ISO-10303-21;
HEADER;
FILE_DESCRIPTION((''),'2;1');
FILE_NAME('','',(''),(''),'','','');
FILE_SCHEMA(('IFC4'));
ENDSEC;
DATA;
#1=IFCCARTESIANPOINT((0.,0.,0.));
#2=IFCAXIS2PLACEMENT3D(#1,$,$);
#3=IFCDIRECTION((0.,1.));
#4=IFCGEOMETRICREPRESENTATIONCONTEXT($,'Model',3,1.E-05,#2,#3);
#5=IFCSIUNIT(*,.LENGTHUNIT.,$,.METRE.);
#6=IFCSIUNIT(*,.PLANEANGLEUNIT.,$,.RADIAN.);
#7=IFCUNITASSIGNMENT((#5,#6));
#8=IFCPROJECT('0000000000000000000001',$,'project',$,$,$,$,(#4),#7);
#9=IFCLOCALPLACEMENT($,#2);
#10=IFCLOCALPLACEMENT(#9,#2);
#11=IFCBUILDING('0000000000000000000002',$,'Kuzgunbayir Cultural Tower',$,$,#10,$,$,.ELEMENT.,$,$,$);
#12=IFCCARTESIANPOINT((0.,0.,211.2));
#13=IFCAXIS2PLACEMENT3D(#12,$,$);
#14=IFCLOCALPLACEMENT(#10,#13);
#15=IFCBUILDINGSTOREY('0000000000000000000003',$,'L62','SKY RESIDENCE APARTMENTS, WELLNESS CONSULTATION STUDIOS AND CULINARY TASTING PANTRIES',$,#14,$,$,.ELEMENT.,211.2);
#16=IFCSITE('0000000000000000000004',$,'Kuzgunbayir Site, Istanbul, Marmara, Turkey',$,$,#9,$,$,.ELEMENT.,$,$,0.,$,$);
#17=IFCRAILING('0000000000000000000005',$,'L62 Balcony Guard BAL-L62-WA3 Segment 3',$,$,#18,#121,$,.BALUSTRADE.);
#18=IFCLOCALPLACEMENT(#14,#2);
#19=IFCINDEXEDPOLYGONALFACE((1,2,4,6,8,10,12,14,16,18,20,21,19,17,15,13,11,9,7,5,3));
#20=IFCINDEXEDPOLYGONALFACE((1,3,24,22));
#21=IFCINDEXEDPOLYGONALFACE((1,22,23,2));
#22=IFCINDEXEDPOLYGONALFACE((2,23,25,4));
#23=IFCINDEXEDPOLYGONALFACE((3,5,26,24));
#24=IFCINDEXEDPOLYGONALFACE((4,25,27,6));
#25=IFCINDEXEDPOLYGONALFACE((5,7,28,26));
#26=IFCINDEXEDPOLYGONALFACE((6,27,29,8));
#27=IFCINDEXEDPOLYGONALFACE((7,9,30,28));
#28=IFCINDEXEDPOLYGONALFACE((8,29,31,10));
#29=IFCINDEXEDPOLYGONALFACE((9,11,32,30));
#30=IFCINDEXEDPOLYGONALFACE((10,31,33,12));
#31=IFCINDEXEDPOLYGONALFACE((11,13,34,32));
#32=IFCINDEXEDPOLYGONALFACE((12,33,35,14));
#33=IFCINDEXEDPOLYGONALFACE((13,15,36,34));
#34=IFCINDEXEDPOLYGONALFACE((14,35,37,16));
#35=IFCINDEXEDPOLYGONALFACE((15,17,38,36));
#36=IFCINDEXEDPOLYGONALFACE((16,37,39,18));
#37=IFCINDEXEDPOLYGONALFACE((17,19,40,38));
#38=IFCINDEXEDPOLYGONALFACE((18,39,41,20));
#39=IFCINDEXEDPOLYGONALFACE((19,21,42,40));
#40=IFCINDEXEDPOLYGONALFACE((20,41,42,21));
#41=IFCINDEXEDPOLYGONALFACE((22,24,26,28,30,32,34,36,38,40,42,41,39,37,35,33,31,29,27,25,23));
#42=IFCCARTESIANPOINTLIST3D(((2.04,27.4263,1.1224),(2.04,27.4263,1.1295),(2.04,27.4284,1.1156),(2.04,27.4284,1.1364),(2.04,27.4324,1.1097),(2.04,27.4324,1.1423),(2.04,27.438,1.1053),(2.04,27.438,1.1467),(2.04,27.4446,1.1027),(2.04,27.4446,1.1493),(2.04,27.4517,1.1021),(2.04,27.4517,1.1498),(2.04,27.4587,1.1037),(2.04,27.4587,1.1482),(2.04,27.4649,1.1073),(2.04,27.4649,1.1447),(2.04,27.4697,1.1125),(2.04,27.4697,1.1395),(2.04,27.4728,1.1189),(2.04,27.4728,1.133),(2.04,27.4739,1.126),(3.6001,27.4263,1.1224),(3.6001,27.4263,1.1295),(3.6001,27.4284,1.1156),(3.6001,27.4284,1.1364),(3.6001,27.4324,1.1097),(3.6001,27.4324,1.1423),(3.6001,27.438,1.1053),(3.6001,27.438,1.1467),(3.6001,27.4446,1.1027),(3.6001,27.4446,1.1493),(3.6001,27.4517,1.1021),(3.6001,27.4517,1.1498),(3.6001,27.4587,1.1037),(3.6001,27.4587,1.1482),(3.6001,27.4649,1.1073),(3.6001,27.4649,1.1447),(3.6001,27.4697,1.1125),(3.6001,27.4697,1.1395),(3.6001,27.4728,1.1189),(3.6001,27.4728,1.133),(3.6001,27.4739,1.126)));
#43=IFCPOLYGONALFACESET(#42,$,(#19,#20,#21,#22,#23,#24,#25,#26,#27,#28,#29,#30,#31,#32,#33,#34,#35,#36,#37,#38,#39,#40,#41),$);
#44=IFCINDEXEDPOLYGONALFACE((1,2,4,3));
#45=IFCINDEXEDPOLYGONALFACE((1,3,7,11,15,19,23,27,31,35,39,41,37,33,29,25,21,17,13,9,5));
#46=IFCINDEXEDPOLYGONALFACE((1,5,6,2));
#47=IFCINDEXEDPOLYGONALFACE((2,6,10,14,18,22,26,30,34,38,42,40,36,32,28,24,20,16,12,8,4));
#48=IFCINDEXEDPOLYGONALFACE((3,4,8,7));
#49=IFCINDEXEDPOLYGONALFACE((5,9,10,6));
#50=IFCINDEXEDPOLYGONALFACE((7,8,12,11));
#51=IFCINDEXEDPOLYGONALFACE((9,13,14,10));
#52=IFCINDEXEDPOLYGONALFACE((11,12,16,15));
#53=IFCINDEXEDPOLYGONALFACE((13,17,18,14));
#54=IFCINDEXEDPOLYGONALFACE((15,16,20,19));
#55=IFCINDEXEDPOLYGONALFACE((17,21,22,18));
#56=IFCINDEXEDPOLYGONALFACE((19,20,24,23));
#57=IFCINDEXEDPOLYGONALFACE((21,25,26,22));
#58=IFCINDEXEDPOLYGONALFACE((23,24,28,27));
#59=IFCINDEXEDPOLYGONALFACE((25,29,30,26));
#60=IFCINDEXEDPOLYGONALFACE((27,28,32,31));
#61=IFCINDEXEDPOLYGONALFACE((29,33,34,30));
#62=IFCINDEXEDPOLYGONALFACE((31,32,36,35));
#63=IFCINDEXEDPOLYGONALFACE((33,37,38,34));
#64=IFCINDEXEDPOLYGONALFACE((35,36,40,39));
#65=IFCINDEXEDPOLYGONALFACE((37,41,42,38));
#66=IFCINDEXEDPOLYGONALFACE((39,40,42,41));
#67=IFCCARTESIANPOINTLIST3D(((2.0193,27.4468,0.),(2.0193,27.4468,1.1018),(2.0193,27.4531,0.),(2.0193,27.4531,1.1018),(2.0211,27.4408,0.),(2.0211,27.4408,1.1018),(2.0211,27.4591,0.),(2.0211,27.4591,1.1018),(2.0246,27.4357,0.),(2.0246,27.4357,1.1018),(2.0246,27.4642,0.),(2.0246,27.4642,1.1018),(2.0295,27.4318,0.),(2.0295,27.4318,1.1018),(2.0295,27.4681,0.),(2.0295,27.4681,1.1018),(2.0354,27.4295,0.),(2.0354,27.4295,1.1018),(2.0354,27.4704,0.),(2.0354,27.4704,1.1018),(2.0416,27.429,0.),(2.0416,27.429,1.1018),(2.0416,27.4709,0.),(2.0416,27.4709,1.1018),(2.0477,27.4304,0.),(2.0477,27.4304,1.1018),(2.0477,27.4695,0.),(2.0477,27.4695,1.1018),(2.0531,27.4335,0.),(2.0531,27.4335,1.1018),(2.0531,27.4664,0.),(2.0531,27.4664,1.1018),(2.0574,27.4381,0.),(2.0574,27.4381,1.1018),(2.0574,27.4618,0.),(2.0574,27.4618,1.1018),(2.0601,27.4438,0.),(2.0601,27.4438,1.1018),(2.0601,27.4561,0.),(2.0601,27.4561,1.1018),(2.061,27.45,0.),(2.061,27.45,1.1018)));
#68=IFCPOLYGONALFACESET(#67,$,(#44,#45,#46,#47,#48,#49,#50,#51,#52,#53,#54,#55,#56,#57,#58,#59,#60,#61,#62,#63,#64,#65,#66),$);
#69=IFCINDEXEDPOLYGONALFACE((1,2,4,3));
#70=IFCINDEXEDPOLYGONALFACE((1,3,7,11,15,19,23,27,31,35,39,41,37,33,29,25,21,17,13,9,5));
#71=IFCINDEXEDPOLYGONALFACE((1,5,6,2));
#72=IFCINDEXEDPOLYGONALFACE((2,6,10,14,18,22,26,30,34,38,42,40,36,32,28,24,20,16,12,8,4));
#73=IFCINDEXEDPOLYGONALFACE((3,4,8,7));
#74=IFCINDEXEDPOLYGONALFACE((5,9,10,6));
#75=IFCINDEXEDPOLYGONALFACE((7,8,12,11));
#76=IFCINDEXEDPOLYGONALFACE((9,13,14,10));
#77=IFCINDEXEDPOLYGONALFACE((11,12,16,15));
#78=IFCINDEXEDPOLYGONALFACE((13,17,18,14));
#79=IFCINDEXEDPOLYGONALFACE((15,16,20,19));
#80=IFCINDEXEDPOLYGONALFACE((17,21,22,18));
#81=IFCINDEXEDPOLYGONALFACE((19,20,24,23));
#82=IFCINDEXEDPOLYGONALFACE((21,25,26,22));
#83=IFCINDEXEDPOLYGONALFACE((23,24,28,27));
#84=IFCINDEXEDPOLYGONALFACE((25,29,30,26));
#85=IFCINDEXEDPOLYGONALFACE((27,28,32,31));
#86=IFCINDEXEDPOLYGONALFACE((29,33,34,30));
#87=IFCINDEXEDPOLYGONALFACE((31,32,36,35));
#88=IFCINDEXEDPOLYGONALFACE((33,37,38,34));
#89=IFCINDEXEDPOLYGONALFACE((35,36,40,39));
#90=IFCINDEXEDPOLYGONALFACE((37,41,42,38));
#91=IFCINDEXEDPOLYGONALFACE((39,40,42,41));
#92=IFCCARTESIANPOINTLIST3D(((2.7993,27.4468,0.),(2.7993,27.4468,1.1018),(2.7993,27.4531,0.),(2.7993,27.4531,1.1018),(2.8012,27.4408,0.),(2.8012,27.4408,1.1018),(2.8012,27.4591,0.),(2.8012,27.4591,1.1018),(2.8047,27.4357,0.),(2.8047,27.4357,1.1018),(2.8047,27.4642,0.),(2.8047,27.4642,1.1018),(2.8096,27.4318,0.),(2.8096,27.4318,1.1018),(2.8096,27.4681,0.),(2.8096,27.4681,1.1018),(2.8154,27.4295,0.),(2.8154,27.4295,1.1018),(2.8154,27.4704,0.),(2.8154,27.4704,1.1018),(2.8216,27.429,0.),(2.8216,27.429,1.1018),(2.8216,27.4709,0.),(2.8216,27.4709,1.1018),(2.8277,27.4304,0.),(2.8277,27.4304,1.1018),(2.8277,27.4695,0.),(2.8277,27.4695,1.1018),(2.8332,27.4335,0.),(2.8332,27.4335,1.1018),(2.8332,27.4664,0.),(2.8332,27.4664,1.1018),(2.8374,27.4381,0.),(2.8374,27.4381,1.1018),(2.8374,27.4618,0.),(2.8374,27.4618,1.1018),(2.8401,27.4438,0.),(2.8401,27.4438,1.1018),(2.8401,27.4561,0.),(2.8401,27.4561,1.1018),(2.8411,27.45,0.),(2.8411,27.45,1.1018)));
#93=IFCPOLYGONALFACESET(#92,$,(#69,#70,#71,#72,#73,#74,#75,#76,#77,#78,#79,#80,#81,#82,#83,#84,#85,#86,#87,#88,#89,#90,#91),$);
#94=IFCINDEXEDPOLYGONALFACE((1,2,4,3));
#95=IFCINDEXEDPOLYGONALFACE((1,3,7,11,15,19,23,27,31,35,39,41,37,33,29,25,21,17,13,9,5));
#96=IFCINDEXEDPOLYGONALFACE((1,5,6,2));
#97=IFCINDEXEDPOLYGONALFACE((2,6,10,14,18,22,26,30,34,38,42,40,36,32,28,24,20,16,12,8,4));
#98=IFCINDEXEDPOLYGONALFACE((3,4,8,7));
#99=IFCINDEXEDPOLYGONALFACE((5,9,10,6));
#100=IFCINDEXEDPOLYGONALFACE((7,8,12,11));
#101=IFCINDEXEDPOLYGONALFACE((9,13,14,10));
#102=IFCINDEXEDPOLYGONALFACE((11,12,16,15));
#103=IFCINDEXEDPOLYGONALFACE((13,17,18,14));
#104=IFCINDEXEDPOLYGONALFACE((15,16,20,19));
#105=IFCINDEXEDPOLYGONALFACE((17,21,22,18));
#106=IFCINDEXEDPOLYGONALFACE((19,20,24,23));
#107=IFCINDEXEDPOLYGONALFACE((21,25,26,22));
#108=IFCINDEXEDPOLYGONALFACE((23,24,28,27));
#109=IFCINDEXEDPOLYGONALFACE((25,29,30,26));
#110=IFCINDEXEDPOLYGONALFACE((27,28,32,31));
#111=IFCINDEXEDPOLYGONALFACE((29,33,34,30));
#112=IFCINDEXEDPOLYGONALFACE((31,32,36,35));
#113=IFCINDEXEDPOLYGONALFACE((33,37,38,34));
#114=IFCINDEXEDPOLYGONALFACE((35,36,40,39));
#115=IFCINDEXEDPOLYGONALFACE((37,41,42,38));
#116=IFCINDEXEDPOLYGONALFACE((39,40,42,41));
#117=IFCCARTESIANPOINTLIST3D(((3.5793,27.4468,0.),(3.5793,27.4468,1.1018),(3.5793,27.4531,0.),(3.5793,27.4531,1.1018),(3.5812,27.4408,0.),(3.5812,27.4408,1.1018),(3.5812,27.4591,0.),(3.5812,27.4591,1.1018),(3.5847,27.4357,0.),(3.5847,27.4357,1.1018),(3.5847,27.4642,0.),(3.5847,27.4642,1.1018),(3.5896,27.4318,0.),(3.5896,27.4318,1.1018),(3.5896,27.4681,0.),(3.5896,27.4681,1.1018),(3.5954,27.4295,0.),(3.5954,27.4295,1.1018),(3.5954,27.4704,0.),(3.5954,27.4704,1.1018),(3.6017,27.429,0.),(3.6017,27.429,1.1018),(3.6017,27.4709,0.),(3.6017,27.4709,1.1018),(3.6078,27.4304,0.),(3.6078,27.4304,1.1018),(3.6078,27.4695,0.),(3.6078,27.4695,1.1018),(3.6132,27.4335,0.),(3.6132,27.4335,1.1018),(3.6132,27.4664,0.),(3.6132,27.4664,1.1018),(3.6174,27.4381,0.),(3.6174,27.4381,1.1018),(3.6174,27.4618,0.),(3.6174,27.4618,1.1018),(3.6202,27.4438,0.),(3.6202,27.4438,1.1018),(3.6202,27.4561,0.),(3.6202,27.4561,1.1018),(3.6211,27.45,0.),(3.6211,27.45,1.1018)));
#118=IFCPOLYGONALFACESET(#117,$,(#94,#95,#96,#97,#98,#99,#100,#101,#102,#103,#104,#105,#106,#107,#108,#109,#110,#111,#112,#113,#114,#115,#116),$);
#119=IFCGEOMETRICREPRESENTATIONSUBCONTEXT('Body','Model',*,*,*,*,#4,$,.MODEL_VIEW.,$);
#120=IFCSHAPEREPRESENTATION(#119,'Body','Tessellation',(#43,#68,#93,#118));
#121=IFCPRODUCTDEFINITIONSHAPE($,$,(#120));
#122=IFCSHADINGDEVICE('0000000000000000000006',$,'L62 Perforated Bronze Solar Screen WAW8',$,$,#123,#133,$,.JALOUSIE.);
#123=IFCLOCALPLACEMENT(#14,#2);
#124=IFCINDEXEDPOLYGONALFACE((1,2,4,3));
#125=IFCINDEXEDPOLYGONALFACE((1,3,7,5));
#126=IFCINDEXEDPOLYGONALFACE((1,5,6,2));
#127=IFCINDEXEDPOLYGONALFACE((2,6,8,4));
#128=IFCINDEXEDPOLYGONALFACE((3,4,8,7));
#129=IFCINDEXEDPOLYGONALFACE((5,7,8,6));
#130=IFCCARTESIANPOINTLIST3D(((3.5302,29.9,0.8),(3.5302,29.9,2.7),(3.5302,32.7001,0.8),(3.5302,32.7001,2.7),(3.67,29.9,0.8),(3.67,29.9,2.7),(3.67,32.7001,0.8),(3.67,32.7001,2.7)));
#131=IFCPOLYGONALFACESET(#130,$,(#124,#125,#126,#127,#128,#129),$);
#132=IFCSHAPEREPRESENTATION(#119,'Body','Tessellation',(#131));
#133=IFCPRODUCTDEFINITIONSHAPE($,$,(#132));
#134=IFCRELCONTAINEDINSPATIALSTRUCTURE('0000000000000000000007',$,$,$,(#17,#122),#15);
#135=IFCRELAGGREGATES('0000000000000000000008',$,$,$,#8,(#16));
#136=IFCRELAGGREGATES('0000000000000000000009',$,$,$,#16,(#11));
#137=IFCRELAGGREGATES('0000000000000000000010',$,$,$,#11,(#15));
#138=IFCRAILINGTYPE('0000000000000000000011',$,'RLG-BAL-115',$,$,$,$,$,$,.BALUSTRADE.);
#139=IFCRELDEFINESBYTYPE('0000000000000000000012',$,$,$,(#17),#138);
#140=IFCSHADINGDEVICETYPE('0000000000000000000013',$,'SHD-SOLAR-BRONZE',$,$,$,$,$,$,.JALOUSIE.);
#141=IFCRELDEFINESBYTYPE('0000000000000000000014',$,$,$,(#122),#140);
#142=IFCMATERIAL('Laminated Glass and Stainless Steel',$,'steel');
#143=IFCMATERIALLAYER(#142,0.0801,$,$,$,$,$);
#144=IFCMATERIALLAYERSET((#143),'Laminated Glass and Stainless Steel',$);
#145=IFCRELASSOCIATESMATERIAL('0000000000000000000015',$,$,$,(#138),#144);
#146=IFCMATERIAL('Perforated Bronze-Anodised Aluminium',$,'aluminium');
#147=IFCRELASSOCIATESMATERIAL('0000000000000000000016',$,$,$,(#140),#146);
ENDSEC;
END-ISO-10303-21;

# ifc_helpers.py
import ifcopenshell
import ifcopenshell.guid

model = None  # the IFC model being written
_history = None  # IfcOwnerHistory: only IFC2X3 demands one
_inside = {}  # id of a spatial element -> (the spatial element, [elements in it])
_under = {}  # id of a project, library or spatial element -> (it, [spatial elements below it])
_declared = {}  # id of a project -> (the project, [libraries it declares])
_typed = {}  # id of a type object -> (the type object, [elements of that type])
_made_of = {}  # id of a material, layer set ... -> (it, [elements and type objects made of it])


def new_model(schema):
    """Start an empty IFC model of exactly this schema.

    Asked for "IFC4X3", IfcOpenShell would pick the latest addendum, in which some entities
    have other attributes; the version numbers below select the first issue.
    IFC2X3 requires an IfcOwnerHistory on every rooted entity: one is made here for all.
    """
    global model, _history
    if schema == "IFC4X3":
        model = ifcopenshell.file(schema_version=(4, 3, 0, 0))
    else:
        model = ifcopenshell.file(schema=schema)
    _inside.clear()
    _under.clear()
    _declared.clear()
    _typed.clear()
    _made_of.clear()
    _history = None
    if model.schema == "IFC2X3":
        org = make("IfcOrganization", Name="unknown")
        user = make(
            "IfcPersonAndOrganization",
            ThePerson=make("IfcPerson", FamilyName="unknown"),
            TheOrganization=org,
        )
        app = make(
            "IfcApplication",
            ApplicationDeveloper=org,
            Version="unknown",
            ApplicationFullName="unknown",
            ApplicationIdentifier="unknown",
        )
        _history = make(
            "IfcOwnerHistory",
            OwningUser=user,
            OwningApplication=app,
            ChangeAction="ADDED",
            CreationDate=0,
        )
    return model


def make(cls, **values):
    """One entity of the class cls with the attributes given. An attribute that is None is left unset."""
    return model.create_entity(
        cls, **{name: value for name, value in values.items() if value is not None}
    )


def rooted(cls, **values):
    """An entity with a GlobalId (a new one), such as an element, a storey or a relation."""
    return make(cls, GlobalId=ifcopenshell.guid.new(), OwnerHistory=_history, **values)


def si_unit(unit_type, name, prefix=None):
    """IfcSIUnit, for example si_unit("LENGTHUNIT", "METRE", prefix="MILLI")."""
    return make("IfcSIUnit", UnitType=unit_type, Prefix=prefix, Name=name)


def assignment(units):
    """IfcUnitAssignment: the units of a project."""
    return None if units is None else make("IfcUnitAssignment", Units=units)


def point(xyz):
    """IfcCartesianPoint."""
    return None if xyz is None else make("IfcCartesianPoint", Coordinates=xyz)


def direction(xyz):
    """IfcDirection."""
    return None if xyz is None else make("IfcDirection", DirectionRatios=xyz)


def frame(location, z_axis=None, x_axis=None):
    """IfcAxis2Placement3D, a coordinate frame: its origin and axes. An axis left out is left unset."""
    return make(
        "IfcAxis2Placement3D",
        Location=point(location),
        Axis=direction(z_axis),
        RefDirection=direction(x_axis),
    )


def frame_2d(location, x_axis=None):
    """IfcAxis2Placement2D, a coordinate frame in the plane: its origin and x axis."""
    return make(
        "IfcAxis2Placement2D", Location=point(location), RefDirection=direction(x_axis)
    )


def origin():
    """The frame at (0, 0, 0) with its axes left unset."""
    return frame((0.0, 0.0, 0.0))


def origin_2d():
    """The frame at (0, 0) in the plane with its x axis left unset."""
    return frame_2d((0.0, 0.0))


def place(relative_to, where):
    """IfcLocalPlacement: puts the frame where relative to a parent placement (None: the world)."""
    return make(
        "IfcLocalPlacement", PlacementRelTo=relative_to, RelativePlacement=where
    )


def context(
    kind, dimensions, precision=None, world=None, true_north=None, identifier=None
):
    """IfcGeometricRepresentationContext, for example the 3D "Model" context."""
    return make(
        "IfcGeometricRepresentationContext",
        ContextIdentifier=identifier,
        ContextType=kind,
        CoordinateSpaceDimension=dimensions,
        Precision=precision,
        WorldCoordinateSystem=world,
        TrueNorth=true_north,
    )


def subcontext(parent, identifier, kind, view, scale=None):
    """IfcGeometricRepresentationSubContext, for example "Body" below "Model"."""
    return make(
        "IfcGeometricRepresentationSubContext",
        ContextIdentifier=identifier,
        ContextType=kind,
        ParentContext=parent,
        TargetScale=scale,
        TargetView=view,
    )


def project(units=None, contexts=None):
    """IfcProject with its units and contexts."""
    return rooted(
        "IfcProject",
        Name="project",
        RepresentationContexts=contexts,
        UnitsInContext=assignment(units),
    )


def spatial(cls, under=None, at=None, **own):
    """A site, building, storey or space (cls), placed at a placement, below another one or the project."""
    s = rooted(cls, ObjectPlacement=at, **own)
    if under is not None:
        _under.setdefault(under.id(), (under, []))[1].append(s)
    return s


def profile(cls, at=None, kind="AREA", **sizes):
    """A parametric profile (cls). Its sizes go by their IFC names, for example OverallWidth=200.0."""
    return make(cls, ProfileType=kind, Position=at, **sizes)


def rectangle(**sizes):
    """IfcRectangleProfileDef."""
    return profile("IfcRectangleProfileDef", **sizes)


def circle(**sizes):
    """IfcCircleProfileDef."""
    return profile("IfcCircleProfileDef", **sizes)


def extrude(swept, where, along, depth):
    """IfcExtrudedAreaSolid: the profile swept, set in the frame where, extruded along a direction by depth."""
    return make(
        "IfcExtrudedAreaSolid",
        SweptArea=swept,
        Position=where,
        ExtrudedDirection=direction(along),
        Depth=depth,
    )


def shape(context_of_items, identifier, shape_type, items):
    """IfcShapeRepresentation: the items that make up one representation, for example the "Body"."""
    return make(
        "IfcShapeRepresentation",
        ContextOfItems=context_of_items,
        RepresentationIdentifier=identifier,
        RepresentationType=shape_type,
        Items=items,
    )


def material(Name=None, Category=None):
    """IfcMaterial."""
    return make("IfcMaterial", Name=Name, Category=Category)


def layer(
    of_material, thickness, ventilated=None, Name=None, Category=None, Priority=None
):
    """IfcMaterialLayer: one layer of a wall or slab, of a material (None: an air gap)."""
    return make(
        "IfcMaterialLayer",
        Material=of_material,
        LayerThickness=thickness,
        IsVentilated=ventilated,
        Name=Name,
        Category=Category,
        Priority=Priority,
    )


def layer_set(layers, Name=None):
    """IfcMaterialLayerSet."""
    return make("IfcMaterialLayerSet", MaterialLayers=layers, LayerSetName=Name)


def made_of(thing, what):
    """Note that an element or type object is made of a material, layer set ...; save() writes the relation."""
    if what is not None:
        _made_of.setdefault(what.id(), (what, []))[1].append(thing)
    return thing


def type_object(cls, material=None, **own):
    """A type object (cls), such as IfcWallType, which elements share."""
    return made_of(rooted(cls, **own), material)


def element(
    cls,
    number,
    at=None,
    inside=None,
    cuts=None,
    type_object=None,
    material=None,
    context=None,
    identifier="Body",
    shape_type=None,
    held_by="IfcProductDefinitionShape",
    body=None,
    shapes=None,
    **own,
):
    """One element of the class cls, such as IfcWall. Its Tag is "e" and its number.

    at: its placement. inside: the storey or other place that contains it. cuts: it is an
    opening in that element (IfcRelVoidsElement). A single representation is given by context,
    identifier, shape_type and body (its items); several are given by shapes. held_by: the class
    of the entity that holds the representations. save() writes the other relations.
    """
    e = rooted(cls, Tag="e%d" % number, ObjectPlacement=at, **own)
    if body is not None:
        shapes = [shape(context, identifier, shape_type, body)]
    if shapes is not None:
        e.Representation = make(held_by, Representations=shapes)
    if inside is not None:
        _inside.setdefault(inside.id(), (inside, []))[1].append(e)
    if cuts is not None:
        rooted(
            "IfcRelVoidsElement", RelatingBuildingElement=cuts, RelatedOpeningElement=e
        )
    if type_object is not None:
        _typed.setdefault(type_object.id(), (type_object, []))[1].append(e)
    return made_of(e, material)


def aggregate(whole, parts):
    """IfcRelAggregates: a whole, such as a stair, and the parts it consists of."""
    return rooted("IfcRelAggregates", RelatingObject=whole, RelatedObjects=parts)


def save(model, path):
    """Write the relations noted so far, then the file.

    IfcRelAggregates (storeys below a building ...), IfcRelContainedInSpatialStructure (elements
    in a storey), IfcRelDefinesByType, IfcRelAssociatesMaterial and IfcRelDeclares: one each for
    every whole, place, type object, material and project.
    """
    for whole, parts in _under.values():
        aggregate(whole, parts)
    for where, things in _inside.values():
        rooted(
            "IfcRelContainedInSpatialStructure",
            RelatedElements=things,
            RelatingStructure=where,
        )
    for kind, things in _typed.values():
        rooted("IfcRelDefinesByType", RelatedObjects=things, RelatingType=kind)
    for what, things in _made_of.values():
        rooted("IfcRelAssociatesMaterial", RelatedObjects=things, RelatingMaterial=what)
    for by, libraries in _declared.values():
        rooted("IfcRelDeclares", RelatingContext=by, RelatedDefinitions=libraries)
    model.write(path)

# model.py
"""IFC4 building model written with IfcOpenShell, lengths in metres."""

from ifc_helpers import new_model, si_unit, direction, frame, origin, origin_2d, place, context, subcontext, project, spatial, rectangle, circle, extrude, material, layer, layer_set, type_object, element, save


model = new_model("IFC4")

# Units and contexts
model_context = context("Model", 3, precision=1e-05, world=origin(), true_north=direction((0.0, 1.0)))
body_context = subcontext(model_context, "Body", "Model", "MODEL_VIEW")
ifc_project = project(units=[si_unit("LENGTHUNIT", "METRE"), si_unit("PLANEANGLEUNIT", "RADIAN")], contexts=[model_context])

# Site, building, storey
site_placement = place(None, origin())
site = spatial("IfcSite", under=ifc_project, at=site_placement, Name="Kuzgunbayir Site, Istanbul, Marmara, Turkey", CompositionType="ELEMENT", RefElevation=0.0)
building_placement = place(site_placement, origin())
building = spatial("IfcBuilding", under=site, at=building_placement, Name="Kuzgunbayir Cultural Tower", CompositionType="ELEMENT")
storey_placement = place(building_placement, frame((0.0, 0.0, 211.2)))
storey = spatial("IfcBuildingStorey", under=building, at=storey_placement, Name="L62", Description="SKY RESIDENCE APARTMENTS, WELLNESS CONSULTATION STUDIOS AND CULINARY TASTING PANTRIES", CompositionType="ELEMENT", Elevation=211.2)

# Railing
ifc_material_1 = material(Name="Laminated Glass and Stainless Steel", Category="steel")
ifc_layer_1 = layer(ifc_material_1, 0.0801)
ifc_layer_set_1 = layer_set([ifc_layer_1], Name="Laminated Glass and Stainless Steel")
railing_type = type_object("IfcRailingType", Name="RLG-BAL-115", PredefinedType="BALUSTRADE", material=ifc_layer_set_1)
railing_1_placement = place(storey_placement, frame((2.04, 27.45, 0.0)))
element("IfcRailing", 1, at=railing_1_placement, inside=storey, type_object=railing_type, Name="L62 Balcony Guard BAL-L62-WA3 Segment 3", PredefinedType="BALUSTRADE", context=body_context, shape_type="SweptSolid", body=[
    extrude(circle(Radius=0.0239, at=origin_2d()), frame((0.0, 0.0, 1.126), z_axis=(1.0, 0.0, 0.0), x_axis=(0.0, 1.0, 0.0)), (0.0, 0.0, 1.0), 1.5601),
    extrude(circle(Radius=0.021, at=origin_2d()), origin(), (0.0, 0.0, 1.0), 1.1018),
    extrude(circle(Radius=0.021, at=origin_2d()), frame((0.78, 0.0, 0.0)), (0.0, 0.0, 1.0), 1.1018),
    extrude(circle(Radius=0.021, at=origin_2d()), frame((1.5601, 0.0, 0.0)), (0.0, 0.0, 1.0), 1.1018),
])

# Shading device
ifc_material_2 = material(Name="Perforated Bronze-Anodised Aluminium", Category="aluminium")
shading_device_type = type_object("IfcShadingDeviceType", Name="SHD-SOLAR-BRONZE", PredefinedType="JALOUSIE", material=ifc_material_2)
shading_device_placement = place(storey_placement, frame((3.6001, 31.3, 0.8), z_axis=(0.0, 0.0, 1.0), x_axis=(1.0, 0.0, 0.0)))
element("IfcShadingDevice", 2, at=shading_device_placement, inside=storey, type_object=shading_device_type, Name="L62 Perforated Bronze Solar Screen WAW8", PredefinedType="JALOUSIE", context=body_context, shape_type="SweptSolid", body=[
    extrude(rectangle(XDim=0.1399, YDim=2.8, at=origin_2d()), origin(), (0.0, 0.0, 1.0), 1.8999),
])

save(model, "model.ifc")
